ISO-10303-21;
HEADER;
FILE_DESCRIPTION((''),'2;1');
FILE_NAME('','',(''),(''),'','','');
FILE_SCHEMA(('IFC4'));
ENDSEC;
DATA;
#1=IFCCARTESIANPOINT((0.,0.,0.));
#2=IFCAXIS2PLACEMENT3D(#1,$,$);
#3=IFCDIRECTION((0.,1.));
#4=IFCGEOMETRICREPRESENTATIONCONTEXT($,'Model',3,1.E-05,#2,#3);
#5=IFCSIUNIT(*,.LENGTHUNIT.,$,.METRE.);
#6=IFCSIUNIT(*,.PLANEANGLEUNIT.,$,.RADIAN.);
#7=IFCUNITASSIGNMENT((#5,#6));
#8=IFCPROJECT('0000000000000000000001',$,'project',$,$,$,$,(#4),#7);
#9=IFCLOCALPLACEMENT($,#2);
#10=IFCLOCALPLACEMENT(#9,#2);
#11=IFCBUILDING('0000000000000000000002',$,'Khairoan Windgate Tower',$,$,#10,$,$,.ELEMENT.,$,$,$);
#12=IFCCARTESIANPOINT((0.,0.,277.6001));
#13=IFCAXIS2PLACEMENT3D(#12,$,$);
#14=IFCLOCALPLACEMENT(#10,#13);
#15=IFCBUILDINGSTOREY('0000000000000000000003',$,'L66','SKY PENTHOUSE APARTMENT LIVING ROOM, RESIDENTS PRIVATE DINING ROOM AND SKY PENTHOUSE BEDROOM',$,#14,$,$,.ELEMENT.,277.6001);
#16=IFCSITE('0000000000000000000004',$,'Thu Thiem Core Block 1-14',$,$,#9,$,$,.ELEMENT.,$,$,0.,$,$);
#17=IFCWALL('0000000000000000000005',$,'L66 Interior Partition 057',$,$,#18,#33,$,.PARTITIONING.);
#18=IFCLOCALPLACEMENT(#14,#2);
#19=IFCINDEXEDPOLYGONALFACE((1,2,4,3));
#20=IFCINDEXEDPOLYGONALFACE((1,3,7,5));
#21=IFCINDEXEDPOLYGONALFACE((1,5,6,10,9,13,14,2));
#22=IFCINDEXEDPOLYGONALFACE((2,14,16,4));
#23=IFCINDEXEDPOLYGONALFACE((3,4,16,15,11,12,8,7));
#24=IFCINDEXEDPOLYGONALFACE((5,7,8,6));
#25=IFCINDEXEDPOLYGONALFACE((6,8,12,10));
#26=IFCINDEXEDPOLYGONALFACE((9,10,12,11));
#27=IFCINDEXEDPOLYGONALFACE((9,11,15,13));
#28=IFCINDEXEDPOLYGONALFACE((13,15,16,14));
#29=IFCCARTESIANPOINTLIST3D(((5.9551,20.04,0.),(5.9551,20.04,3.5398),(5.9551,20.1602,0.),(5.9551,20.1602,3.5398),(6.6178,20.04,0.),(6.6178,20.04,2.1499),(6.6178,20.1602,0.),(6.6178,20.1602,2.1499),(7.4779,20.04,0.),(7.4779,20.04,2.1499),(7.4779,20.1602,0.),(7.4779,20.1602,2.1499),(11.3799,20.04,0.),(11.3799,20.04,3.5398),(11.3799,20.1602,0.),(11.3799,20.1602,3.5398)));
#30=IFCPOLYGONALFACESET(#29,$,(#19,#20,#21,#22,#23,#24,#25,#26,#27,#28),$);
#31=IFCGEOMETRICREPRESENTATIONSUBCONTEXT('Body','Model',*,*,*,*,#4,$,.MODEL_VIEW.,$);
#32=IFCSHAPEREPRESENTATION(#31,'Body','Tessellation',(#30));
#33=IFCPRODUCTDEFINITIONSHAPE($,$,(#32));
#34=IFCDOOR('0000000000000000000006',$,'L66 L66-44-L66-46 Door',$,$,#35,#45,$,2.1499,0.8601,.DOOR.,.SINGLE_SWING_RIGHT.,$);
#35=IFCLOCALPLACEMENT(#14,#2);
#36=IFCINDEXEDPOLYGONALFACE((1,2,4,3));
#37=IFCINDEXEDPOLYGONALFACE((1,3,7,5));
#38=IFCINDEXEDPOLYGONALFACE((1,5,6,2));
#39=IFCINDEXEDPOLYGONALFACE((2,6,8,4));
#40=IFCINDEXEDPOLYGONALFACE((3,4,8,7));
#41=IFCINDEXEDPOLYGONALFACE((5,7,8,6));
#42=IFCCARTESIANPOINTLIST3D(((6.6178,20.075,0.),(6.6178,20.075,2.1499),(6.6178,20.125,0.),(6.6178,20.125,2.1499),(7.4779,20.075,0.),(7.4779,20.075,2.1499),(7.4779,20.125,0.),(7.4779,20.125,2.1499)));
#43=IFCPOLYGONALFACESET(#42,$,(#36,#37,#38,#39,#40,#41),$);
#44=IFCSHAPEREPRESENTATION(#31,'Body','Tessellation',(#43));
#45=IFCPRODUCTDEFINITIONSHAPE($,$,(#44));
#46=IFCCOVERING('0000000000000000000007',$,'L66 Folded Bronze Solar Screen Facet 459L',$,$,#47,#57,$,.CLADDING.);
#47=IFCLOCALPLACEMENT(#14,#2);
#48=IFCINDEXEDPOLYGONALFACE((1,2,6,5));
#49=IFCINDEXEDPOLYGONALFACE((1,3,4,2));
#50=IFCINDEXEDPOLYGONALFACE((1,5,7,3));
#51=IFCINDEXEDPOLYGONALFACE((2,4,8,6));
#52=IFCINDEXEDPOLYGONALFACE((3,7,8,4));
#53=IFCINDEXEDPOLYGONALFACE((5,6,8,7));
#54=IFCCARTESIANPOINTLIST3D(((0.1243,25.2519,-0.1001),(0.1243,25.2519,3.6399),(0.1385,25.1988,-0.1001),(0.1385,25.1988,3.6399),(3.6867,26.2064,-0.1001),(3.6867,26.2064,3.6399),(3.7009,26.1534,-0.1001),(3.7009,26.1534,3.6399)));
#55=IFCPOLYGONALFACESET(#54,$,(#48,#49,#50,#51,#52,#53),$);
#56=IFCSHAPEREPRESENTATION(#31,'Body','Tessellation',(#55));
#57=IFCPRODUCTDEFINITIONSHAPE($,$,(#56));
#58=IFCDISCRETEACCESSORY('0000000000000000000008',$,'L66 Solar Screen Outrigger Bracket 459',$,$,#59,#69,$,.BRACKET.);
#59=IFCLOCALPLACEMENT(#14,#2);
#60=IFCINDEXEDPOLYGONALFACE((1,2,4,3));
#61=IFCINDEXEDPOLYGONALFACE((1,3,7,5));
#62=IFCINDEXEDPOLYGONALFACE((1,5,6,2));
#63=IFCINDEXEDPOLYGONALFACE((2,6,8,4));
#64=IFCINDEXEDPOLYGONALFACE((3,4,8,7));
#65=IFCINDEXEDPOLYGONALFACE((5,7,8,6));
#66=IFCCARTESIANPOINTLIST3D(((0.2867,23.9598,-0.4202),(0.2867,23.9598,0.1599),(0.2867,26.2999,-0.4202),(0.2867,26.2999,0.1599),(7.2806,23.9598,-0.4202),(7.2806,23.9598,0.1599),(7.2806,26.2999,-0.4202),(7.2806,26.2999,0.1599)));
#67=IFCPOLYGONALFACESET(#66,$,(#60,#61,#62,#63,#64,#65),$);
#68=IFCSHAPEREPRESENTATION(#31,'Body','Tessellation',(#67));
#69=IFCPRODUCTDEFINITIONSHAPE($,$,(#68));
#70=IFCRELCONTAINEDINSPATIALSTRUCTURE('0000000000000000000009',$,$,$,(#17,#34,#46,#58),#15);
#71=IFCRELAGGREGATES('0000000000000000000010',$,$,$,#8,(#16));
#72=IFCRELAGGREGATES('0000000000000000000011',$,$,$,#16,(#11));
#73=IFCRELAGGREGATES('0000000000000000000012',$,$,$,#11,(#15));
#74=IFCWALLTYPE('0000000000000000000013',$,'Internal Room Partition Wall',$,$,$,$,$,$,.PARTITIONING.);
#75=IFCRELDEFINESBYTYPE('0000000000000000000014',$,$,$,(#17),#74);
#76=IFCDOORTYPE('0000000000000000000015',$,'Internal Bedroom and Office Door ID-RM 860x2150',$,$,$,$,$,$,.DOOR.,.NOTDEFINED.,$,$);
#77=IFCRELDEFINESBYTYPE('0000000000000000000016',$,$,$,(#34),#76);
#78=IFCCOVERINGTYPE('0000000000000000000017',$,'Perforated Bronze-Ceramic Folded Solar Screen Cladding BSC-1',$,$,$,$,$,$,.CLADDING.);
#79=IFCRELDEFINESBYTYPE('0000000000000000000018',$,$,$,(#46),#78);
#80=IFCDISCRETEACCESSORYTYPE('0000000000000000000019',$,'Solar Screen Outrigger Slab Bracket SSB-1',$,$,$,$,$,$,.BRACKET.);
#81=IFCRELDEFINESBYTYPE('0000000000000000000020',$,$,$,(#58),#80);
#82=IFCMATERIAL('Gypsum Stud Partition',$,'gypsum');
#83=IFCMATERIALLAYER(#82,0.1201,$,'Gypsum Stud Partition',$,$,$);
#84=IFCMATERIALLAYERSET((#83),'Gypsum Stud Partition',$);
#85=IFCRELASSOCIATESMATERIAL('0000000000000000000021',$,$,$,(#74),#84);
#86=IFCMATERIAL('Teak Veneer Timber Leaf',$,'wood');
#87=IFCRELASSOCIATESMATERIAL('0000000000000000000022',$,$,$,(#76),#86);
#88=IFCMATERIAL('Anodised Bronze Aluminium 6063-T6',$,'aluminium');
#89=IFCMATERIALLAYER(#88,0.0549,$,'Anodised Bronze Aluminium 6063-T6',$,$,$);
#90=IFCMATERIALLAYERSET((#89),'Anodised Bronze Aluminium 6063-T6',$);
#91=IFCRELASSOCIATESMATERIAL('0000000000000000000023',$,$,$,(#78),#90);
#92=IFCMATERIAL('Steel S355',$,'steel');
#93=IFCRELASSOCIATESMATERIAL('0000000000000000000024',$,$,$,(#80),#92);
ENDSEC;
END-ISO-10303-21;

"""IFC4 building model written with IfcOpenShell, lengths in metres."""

from ifc_helpers import new_model, si_unit, direction, frame, frame_2d, origin, origin_2d, place, context, subcontext, project, spatial, rectangle, extrude, material, layer, layer_set, type_object, element, fill, save


model = new_model("IFC4")

# Units and contexts
model_context = context("Model", 3, precision=1e-05, world=origin(), true_north=direction((0.0, 1.0)))
body_context = subcontext(model_context, "Body", "Model", "MODEL_VIEW")
ifc_project = project(units=[si_unit("LENGTHUNIT", "METRE"), si_unit("PLANEANGLEUNIT", "RADIAN")], contexts=[model_context])

# Site, building, storey
site_placement = place(None, origin())
site = spatial("IfcSite", under=ifc_project, at=site_placement, Name="Thu Thiem Core Block 1-14", CompositionType="ELEMENT", RefElevation=0.0)
building_placement = place(site_placement, origin())
building = spatial("IfcBuilding", under=site, at=building_placement, Name="Khairoan Windgate Tower", CompositionType="ELEMENT")
storey_placement = place(building_placement, frame((0.0, 0.0, 277.6001)))
storey = spatial("IfcBuildingStorey", under=building, at=storey_placement, Name="L66", Description="SKY PENTHOUSE APARTMENT LIVING ROOM, RESIDENTS PRIVATE DINING ROOM AND SKY PENTHOUSE BEDROOM", CompositionType="ELEMENT", Elevation=277.6001)

# Shared definitions
ifc_material_1 = material(Name="Gypsum Stud Partition", Category="gypsum")
ifc_layer_1 = layer(ifc_material_1, 0.1201, Name="Gypsum Stud Partition")
ifc_layer_set_1 = layer_set([ifc_layer_1], Name="Gypsum Stud Partition")
wall_type_1 = type_object("IfcWallType", Name="Internal Room Partition Wall", PredefinedType="PARTITIONING", material=ifc_layer_set_1)

# Wall, opening, door
ifc_material_2 = material(Name="Teak Veneer Timber Leaf", Category="wood")
door_type_1 = type_object("IfcDoorType", Name="Internal Bedroom and Office Door ID-RM 860x2150", OperationType="NOTDEFINED", PredefinedType="DOOR", material=ifc_material_2)
wall_1_placement = place(storey_placement, frame((5.9551, 20.1001, 0.0), z_axis=(0.0, 0.0, 1.0), x_axis=(1.0, 0.0, 0.0)))
wall_1 = element("IfcWall", 1, at=wall_1_placement, inside=storey, type_object=wall_type_1, Name="L66 Interior Partition 057", PredefinedType="PARTITIONING", context=body_context, shape_type="SweptSolid", body=[
    extrude(rectangle(XDim=5.4248, YDim=0.1201, at=frame_2d((2.7124, 0.0))), origin(), (0.0, 0.0, 1.0), 3.5398),
])
opening_1_placement = place(wall_1_placement, frame((0.6626, 0.0, 0.0)))
opening_1 = element("IfcOpeningElement", 2, at=opening_1_placement, cuts=wall_1, PredefinedType="OPENING", context=body_context, shape_type="SweptSolid", body=[
    extrude(rectangle(XDim=0.8601, YDim=2.1499, at=frame_2d((0.4302, 1.075))), frame((0.0, 0.0701, 0.0), z_axis=(0.0, -1.0, 0.0), x_axis=(1.0, 0.0, 0.0)), (0.0, 0.0, 1.0), 0.1401),
])
door_1_placement = place(opening_1_placement, origin())
door_1 = element("IfcDoor", 3, at=door_1_placement, inside=storey, type_object=door_type_1, Name="L66 L66-44-L66-46 Door", OperationType="SINGLE_SWING_RIGHT", OverallHeight=2.1499, OverallWidth=0.8601, PredefinedType="DOOR", context=body_context, shape_type="SweptSolid", body=[
    extrude(rectangle(XDim=0.8601, YDim=2.1499, at=frame_2d((0.4302, 1.075))), frame((0.0, 0.0249, 0.0), z_axis=(0.0, -1.0, 0.0), x_axis=(1.0, 0.0, 0.0)), (0.0, 0.0, 1.0), 0.05),
])
fill(opening_1, door_1)

# Covering
ifc_material_3 = material(Name="Anodised Bronze Aluminium 6063-T6", Category="aluminium")
ifc_layer_2 = layer(ifc_material_3, 0.0549, Name="Anodised Bronze Aluminium 6063-T6")
ifc_layer_set_2 = layer_set([ifc_layer_2], Name="Anodised Bronze Aluminium 6063-T6")
covering_type = type_object("IfcCoveringType", Name="Perforated Bronze-Ceramic Folded Solar Screen Cladding BSC-1", PredefinedType="CLADDING", material=ifc_layer_set_2)
covering_placement = place(storey_placement, frame((1.9126, 25.7026, -0.1001), z_axis=(0.0, 0.0, 1.0), x_axis=(0.965926, 0.258819, 0.0)))
element("IfcCovering", 4, at=covering_placement, inside=storey, type_object=covering_type, Name="L66 Folded Bronze Solar Screen Facet 459L", PredefinedType="CLADDING", context=body_context, shape_type="SweptSolid", body=[
    extrude(rectangle(XDim=3.688, YDim=0.0549, at=origin_2d()), origin(), (0.0, 0.0, 1.0), 3.74),
])

# Discrete accessory
ifc_material_4 = material(Name="Steel S355", Category="steel")
discrete_accessory_type = type_object("IfcDiscreteAccessoryType", Name="Solar Screen Outrigger Slab Bracket SSB-1", PredefinedType="BRACKET", material=ifc_material_4)
discrete_accessory_placement = place(storey_placement, frame((3.7837, 25.1299, -0.4202), z_axis=(0.0, 0.0, 1.0), x_axis=(1.0, 0.0, 0.0)))
element("IfcDiscreteAccessory", 5, at=discrete_accessory_placement, inside=storey, type_object=discrete_accessory_type, Name="L66 Solar Screen Outrigger Bracket 459", PredefinedType="BRACKET", context=body_context, shape_type="SweptSolid", body=[
    extrude(rectangle(XDim=6.9939, YDim=2.3401, at=origin_2d()), origin(), (0.0, 0.0, 1.0), 0.5801),
])

save(model, "model.ifc")
